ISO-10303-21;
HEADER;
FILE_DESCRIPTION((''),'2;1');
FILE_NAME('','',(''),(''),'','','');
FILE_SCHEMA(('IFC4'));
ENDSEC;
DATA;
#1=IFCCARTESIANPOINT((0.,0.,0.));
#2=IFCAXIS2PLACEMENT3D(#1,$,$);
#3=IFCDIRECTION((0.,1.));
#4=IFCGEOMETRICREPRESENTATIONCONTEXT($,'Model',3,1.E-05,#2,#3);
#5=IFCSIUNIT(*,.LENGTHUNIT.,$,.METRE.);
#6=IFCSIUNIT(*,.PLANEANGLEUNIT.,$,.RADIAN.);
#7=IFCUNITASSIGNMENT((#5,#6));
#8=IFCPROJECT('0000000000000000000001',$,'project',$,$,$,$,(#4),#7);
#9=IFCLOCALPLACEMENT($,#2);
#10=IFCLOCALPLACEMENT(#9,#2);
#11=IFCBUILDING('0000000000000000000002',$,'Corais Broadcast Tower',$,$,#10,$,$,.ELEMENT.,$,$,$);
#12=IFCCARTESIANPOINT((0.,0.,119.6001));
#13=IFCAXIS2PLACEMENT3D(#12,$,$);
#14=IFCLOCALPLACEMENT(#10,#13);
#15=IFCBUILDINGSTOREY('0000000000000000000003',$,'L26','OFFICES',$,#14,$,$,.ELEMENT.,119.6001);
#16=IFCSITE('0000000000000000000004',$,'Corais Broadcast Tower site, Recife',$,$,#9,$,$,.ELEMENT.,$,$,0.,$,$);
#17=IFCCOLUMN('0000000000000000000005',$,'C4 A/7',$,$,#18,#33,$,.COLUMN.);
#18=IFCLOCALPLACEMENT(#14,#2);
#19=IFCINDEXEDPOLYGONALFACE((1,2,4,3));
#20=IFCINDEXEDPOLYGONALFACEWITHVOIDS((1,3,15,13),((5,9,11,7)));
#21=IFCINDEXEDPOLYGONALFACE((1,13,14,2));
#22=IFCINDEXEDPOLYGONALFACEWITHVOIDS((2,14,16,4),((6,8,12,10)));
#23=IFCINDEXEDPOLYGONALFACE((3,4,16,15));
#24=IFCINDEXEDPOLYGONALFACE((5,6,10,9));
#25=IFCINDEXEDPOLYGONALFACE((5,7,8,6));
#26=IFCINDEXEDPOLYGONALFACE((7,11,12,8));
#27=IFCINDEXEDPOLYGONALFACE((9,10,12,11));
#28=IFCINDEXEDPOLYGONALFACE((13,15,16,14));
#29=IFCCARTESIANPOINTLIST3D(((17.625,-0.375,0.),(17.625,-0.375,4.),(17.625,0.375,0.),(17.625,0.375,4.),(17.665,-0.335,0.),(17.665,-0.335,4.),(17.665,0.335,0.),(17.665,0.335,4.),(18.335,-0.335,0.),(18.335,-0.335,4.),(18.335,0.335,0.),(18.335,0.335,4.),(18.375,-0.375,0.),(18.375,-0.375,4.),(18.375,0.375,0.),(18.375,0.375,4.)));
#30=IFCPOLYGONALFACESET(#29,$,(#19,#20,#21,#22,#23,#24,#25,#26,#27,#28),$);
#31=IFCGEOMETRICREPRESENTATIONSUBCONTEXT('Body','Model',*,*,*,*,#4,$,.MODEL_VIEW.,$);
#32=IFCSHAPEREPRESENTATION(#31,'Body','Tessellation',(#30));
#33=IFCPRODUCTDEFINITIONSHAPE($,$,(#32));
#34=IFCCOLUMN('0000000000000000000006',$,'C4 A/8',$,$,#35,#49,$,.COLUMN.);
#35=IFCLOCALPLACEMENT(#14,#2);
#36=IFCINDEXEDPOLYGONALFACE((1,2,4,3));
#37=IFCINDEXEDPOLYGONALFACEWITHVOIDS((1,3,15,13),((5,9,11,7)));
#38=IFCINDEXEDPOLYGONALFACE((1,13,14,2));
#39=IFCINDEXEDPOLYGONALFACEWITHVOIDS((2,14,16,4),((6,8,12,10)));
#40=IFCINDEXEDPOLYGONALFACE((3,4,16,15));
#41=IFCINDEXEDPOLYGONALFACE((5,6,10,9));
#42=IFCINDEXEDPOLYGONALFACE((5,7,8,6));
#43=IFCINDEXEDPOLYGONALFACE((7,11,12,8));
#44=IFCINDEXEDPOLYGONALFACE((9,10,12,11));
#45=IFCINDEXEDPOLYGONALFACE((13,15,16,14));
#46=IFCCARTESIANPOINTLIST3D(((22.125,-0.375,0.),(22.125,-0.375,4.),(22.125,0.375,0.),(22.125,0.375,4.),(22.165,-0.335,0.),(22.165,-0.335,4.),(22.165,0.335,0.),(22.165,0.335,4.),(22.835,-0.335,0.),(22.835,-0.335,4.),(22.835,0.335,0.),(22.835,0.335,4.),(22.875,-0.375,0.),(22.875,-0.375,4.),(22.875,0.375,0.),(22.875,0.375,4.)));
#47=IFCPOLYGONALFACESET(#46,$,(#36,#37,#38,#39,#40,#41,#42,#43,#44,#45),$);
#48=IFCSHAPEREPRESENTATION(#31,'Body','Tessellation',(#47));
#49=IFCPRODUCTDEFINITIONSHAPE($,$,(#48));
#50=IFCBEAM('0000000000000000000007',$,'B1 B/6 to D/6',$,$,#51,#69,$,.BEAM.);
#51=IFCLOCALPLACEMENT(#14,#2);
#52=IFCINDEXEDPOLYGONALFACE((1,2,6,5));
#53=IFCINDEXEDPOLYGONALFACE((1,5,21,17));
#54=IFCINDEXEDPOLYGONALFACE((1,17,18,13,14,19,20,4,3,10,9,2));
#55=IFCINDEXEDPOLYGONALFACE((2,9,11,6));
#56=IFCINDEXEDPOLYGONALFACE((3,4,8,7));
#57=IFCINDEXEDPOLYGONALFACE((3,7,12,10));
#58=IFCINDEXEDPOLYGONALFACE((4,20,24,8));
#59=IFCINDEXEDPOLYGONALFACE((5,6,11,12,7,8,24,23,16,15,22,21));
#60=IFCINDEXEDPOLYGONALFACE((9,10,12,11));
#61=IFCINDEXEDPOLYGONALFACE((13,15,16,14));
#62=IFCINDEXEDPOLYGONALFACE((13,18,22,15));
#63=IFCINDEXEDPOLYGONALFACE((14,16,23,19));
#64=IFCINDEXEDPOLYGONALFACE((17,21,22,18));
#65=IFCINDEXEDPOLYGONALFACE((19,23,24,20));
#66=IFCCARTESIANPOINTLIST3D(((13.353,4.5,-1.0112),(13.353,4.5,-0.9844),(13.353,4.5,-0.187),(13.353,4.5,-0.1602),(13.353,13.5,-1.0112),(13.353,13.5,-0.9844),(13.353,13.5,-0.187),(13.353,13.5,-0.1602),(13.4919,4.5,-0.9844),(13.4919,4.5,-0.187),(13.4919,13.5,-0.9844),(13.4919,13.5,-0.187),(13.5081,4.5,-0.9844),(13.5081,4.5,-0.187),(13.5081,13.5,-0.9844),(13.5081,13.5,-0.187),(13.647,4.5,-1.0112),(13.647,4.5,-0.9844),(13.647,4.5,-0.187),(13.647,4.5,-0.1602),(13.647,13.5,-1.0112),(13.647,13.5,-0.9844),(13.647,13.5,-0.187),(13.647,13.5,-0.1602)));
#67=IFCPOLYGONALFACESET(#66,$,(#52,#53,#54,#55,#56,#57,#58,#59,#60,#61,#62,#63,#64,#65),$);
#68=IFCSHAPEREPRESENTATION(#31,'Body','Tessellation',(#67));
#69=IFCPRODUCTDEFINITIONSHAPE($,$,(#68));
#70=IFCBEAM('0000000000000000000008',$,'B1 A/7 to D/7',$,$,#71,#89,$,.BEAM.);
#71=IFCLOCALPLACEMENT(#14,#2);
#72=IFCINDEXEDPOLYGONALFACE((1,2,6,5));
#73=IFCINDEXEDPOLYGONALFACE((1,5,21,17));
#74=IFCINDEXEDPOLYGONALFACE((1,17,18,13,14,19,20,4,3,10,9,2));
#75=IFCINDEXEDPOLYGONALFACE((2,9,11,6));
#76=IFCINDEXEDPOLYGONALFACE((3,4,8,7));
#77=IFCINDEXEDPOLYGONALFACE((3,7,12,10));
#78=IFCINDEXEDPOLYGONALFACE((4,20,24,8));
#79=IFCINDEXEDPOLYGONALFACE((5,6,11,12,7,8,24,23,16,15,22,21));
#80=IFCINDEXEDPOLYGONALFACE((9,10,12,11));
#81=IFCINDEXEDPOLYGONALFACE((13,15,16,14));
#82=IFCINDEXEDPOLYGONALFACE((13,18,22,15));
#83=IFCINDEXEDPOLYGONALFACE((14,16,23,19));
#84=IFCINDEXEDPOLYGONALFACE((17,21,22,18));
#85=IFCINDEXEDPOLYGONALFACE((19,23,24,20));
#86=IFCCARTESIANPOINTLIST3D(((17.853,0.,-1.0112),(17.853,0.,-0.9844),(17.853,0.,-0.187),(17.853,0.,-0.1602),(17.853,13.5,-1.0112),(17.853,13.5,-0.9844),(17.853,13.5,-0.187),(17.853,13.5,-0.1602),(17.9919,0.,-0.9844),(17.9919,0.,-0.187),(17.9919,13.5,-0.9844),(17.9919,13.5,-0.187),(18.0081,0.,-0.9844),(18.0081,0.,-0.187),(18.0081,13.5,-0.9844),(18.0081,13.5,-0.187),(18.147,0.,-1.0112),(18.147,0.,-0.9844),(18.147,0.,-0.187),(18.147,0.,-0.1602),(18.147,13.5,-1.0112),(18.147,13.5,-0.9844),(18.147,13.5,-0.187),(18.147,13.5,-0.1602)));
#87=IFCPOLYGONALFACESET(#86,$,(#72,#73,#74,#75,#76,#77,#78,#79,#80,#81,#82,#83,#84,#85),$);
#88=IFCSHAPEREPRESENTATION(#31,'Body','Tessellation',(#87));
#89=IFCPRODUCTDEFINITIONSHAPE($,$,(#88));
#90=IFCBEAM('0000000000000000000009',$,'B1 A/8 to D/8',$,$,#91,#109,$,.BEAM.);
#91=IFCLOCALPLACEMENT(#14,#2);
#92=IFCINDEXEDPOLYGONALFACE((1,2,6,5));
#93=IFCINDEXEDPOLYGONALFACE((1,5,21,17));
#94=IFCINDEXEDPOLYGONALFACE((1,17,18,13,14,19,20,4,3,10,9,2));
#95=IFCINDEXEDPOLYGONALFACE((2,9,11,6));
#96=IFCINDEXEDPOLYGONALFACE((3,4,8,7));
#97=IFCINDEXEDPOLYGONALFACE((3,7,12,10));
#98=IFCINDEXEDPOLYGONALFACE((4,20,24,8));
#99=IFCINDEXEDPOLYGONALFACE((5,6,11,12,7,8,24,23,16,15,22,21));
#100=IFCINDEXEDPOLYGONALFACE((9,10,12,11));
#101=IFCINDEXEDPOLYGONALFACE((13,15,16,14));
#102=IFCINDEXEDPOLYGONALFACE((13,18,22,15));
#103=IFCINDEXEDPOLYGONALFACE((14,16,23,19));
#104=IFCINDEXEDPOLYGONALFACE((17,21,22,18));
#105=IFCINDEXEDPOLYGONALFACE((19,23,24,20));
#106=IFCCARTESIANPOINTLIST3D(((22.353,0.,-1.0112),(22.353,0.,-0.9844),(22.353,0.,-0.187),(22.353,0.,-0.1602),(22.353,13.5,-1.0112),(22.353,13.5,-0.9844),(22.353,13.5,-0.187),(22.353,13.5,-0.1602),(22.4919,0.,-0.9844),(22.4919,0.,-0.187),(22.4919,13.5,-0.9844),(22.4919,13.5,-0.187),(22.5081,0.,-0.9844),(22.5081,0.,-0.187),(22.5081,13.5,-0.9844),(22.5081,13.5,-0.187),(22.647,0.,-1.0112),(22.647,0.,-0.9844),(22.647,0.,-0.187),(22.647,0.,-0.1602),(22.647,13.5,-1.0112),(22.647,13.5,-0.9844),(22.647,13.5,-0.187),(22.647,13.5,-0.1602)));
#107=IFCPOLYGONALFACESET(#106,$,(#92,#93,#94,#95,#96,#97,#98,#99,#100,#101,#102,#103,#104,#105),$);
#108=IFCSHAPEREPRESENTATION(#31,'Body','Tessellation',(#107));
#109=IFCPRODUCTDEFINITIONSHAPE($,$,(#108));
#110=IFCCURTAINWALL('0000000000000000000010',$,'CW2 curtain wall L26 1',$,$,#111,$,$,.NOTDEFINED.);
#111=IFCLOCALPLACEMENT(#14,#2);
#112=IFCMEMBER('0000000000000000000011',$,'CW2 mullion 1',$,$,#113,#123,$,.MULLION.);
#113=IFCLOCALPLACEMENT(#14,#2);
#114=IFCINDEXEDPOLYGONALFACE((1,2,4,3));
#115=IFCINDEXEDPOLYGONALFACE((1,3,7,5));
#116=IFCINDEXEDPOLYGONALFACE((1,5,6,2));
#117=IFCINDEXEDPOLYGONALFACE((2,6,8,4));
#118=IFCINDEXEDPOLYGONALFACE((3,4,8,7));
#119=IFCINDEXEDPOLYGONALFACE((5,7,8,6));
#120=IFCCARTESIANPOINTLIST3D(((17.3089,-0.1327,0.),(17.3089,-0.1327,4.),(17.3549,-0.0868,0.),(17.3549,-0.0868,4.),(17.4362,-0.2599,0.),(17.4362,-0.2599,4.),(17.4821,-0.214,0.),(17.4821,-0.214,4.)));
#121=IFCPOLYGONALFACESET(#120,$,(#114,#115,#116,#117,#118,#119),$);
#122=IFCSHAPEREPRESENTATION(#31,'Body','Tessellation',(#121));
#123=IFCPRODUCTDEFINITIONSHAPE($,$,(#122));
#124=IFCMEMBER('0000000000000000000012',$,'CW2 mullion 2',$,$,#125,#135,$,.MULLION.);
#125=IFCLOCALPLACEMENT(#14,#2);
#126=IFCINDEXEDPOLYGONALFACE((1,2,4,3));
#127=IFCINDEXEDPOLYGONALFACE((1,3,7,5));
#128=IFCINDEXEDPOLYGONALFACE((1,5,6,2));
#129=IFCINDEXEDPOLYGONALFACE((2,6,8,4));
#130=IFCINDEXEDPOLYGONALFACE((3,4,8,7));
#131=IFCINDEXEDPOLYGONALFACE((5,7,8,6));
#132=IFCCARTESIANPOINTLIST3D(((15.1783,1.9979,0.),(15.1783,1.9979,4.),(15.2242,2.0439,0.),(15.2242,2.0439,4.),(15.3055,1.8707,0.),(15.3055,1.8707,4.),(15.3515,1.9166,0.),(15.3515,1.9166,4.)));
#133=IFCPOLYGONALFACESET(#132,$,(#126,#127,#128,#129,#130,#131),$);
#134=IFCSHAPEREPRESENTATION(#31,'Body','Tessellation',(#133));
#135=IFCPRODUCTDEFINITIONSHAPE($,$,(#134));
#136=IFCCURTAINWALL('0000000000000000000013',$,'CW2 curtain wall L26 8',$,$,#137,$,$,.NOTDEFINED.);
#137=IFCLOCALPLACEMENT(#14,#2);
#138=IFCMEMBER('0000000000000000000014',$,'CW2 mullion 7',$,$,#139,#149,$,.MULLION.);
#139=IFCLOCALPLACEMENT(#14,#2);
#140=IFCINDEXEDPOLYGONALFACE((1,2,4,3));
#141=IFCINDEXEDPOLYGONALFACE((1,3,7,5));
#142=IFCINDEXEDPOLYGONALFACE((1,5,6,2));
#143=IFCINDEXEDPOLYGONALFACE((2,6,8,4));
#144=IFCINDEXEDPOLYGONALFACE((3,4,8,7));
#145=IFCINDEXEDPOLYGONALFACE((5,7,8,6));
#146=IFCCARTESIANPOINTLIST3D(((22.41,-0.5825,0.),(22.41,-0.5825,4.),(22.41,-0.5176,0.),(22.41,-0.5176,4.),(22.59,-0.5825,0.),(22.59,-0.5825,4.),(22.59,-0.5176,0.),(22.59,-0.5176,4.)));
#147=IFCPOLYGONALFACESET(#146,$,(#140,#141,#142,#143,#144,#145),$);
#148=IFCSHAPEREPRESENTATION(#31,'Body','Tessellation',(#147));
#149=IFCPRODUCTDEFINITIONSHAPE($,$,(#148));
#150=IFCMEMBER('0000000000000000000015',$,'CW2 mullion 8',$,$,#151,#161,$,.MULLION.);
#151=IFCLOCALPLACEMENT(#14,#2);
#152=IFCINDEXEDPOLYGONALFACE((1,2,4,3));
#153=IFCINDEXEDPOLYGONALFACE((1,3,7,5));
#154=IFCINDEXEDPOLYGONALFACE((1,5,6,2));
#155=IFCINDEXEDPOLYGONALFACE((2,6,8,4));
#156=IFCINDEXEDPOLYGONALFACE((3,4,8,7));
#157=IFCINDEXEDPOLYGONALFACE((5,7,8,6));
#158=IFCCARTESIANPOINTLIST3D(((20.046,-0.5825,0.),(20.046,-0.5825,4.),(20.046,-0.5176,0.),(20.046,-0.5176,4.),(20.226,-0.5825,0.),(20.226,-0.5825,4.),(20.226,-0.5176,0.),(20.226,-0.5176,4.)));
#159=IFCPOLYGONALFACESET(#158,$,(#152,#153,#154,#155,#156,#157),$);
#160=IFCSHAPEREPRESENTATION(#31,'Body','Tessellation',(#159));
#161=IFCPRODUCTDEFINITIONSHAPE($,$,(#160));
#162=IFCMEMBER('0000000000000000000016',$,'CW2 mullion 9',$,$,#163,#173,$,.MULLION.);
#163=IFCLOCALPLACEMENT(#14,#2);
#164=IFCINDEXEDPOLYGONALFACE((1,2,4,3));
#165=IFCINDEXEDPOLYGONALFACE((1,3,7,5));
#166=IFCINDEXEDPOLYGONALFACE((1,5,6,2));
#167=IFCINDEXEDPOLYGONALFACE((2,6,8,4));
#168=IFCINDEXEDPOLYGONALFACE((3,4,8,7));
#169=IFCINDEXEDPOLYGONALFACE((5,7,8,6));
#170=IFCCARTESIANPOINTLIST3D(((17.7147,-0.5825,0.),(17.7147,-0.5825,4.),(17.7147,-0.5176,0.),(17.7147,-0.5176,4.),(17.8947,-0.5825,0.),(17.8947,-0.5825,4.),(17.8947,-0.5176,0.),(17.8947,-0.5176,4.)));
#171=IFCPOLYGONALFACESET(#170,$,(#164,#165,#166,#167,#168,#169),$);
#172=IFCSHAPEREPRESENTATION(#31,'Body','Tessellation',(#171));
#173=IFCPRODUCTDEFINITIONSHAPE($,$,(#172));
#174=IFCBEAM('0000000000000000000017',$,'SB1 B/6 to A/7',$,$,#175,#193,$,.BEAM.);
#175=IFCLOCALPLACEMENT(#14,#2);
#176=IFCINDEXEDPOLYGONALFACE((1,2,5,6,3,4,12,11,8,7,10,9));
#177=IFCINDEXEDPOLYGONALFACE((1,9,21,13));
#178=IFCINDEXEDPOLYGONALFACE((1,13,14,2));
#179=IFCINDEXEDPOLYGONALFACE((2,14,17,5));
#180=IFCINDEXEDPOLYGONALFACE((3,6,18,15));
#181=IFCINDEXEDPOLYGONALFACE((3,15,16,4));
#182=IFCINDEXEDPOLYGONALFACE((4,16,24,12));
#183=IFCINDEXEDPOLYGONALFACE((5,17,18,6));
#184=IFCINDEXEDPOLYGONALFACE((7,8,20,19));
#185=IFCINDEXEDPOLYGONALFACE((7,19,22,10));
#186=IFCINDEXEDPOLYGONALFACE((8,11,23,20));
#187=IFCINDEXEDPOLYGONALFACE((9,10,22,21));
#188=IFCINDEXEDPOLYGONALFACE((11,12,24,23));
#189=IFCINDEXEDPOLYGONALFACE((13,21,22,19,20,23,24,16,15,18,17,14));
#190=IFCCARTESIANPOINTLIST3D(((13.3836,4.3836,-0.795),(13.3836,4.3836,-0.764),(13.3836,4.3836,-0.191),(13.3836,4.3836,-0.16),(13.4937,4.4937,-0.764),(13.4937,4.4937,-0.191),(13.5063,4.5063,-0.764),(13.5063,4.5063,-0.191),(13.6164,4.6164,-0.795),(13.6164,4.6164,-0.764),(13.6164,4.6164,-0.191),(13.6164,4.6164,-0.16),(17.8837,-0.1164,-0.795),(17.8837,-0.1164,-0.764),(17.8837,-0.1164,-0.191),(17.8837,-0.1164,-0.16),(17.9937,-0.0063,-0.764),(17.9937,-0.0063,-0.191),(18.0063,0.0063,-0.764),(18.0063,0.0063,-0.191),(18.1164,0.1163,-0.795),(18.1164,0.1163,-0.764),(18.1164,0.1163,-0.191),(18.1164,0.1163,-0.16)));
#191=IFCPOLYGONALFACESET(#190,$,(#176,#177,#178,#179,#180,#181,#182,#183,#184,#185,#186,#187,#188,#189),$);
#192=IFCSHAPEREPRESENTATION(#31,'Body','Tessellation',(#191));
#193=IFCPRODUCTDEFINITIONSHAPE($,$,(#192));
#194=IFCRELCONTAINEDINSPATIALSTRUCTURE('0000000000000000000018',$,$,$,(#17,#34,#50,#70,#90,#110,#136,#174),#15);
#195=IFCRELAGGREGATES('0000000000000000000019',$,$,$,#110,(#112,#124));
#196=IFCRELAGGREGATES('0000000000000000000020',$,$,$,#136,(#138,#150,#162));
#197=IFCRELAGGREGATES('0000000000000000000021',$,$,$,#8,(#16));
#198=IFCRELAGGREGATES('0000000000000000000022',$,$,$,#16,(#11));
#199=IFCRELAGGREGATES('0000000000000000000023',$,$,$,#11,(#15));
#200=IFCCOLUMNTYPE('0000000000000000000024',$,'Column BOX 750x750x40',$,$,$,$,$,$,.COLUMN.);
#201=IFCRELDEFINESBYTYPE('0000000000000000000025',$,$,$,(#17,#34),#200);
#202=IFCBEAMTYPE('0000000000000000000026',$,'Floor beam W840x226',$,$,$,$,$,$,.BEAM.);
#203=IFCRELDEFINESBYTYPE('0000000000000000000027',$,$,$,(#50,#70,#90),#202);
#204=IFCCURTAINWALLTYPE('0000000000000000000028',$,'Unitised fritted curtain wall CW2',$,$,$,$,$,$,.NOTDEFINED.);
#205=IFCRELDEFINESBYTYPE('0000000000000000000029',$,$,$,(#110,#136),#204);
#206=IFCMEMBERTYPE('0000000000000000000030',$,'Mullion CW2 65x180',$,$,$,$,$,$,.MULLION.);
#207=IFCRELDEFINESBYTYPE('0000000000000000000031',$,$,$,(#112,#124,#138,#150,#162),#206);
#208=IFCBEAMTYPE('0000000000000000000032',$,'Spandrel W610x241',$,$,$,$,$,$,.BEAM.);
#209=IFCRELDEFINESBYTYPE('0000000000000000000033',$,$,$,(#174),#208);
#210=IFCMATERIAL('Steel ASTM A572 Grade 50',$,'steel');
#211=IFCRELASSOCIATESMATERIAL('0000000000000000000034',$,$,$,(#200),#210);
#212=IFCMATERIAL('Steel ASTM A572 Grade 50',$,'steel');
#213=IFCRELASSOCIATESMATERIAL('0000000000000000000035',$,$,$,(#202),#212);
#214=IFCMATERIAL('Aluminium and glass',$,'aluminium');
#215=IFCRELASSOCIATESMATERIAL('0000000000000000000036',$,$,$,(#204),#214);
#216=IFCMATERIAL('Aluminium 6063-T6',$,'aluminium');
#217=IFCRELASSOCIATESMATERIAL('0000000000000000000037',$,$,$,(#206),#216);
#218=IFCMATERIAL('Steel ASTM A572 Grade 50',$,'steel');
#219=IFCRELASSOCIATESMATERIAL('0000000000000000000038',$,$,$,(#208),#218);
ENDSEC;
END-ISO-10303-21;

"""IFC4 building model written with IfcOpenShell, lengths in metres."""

from ifc_helpers import new_model, si_unit, direction, frame, origin, origin_2d, place, context, subcontext, project, spatial, rectangle, hollow_rectangle, i_section, extrude, material, material_profile, profile_set, type_object, element, aggregate, save


model = new_model("IFC4")

# Units and contexts
model_context = context("Model", 3, precision=1e-05, world=origin(), true_north=direction((0.0, 1.0)))
body_context = subcontext(model_context, "Body", "Model", "MODEL_VIEW")
ifc_project = project(units=[si_unit("LENGTHUNIT", "METRE"), si_unit("PLANEANGLEUNIT", "RADIAN")], contexts=[model_context])

# Site, building, storey
site_placement = place(None, origin())
site = spatial("IfcSite", under=ifc_project, at=site_placement, Name="Corais Broadcast Tower site, Recife", CompositionType="ELEMENT", RefElevation=0.0)
building_placement = place(site_placement, origin())
building = spatial("IfcBuilding", under=site, at=building_placement, Name="Corais Broadcast Tower", CompositionType="ELEMENT")
storey_placement = place(building_placement, frame((0.0, 0.0, 119.6001)))
storey = spatial("IfcBuildingStorey", under=building, at=storey_placement, Name="L26", Description="OFFICES", CompositionType="ELEMENT", Elevation=119.6001)

# Columns
ifc_material_1 = material(Name="Steel ASTM A572 Grade 50", Category="steel")
ifc_material_profile_1 = material_profile(ifc_material_1, hollow_rectangle(XDim=0.75, YDim=0.75, WallThickness=0.04, at=origin_2d()), Name="BOX 750x750x40")
ifc_profile_set_1 = profile_set([ifc_material_profile_1], Name="Steel ASTM A572 Grade 50")
column_type = type_object("IfcColumnType", Name="Column BOX 750x750x40", PredefinedType="COLUMN", material=ifc_profile_set_1)
for number, where, z_axis, x_axis, name in (
    (1, (18.0, 0.0, 0.0), (0.0, 0.0, 1.0), (1.0, 0.0, 0.0), "C4 A/7"),
    (2, (22.5, 0.0, 0.0), (0.0, 0.0, 1.0), (1.0, 0.0, 0.0), "C4 A/8"),
):
    element("IfcColumn", number, at=place(storey_placement, frame(where, z_axis=z_axis, x_axis=x_axis)), inside=storey, type_object=column_type, Name=name, PredefinedType="COLUMN", context=body_context, shape_type="SweptSolid", body=[
        extrude(hollow_rectangle(XDim=0.75, YDim=0.75, WallThickness=0.04, at=origin_2d()), origin(), (0.0, 0.0, 1.0), 4.0),
    ])

# Beams
ifc_material_2 = material(Name="Steel ASTM A572 Grade 50", Category="steel")
ifc_material_profile_2 = material_profile(ifc_material_2, i_section(OverallWidth=0.2939, OverallDepth=0.8511, WebThickness=0.0161, FlangeThickness=0.0269, at=origin_2d()), Name="W840x226")
ifc_profile_set_2 = profile_set([ifc_material_profile_2], Name="Steel ASTM A572 Grade 50")
beam_type_1 = type_object("IfcBeamType", Name="Floor beam W840x226", PredefinedType="BEAM", material=ifc_profile_set_2)
beam_1_placement = place(storey_placement, frame((13.5, 4.5, -0.5857), z_axis=(0.0, 1.0, 0.0), x_axis=(-1.0, 0.0, 0.0)))
element("IfcBeam", 3, at=beam_1_placement, inside=storey, type_object=beam_type_1, Name="B1 B/6 to D/6", PredefinedType="BEAM", context=body_context, shape_type="SweptSolid", body=[
    extrude(i_section(OverallWidth=0.2939, OverallDepth=0.8511, WebThickness=0.0161, FlangeThickness=0.0269, at=origin_2d()), origin(), (0.0, 0.0, 1.0), 9.0),
])
for number, where, z_axis, x_axis, name in (
    (4, (18.0, 0.0, -0.5857), (0.0, 1.0, 0.0), (-1.0, 0.0, 0.0), "B1 A/7 to D/7"),
    (5, (22.5, 0.0, -0.5857), (0.0, 1.0, 0.0), (-1.0, 0.0, 0.0), "B1 A/8 to D/8"),
):
    element("IfcBeam", number, at=place(storey_placement, frame(where, z_axis=z_axis, x_axis=x_axis)), inside=storey, type_object=beam_type_1, Name=name, PredefinedType="BEAM", context=body_context, shape_type="SweptSolid", body=[
        extrude(i_section(OverallWidth=0.2939, OverallDepth=0.8511, WebThickness=0.0161, FlangeThickness=0.0269, at=origin_2d()), origin(), (0.0, 0.0, 1.0), 13.5),
    ])

# Curtain walls, members
ifc_material_3 = material(Name="Aluminium and glass", Category="aluminium")
curtain_wall_type = type_object("IfcCurtainWallType", Name="Unitised fritted curtain wall CW2", PredefinedType="NOTDEFINED", material=ifc_material_3)
curtain_wall_1_placement = place(storey_placement, origin())
curtain_wall_1 = element("IfcCurtainWall", 6, at=curtain_wall_1_placement, inside=storey, type_object=curtain_wall_type, Name="CW2 curtain wall L26 1", PredefinedType="NOTDEFINED")
ifc_material_4 = material(Name="Aluminium 6063-T6", Category="aluminium")
ifc_material_profile_3 = material_profile(ifc_material_4, rectangle(XDim=0.0649, YDim=0.1799, at=origin_2d()), Name="Mullion CW2 65x180")
ifc_profile_set_3 = profile_set([ifc_material_profile_3], Name="Aluminium 6063-T6")
member_type_1 = type_object("IfcMemberType", Name="Mullion CW2 65x180", PredefinedType="MULLION", material=ifc_profile_set_3)
member_1_placement = place(storey_placement, frame((17.3955, -0.1733, 0.0), z_axis=(0.0, 0.0, 1.0), x_axis=(-0.707107, -0.707107, 0.0)))
member_1 = element("IfcMember", 7, at=member_1_placement, type_object=member_type_1, Name="CW2 mullion 1", PredefinedType="MULLION", context=body_context, shape_type="SweptSolid", body=[
    extrude(rectangle(XDim=0.0649, YDim=0.1799, at=origin_2d()), origin(), (0.0, 0.0, 1.0), 4.0),
])
member_2_placement = place(storey_placement, frame((15.2649, 1.9573, 0.0), z_axis=(0.0, 0.0, 1.0), x_axis=(-0.707107, -0.707107, 0.0)))
member_2 = element("IfcMember", 8, at=member_2_placement, type_object=member_type_1, Name="CW2 mullion 2", PredefinedType="MULLION", context=body_context, shape_type="SweptSolid", body=[
    extrude(rectangle(XDim=0.0649, YDim=0.1799, at=origin_2d()), origin(), (0.0, 0.0, 1.0), 4.0),
])
curtain_wall_2_placement = place(storey_placement, origin())
curtain_wall_2 = element("IfcCurtainWall", 9, at=curtain_wall_2_placement, inside=storey, type_object=curtain_wall_type, Name="CW2 curtain wall L26 8", PredefinedType="NOTDEFINED")
member_3_placement = place(storey_placement, frame((22.5, -0.55, 0.0), z_axis=(0.0, 0.0, 1.0), x_axis=(0.0, -1.0, 0.0)))
member_3 = element("IfcMember", 10, at=member_3_placement, type_object=member_type_1, Name="CW2 mullion 7", PredefinedType="MULLION", context=body_context, shape_type="SweptSolid", body=[
    extrude(rectangle(XDim=0.0649, YDim=0.1799, at=origin_2d()), origin(), (0.0, 0.0, 1.0), 4.0),
])
member_4_placement = place(storey_placement, frame((20.136, -0.55, 0.0), z_axis=(0.0, 0.0, 1.0), x_axis=(0.0, -1.0, 0.0)))
member_4 = element("IfcMember", 11, at=member_4_placement, type_object=member_type_1, Name="CW2 mullion 8", PredefinedType="MULLION", context=body_context, shape_type="SweptSolid", body=[
    extrude(rectangle(XDim=0.0649, YDim=0.1799, at=origin_2d()), origin(), (0.0, 0.0, 1.0), 4.0),
])
member_5_placement = place(storey_placement, frame((17.8047, -0.55, 0.0), z_axis=(0.0, 0.0, 1.0), x_axis=(0.0, -1.0, 0.0)))
member_5 = element("IfcMember", 12, at=member_5_placement, type_object=member_type_1, Name="CW2 mullion 9", PredefinedType="MULLION", context=body_context, shape_type="SweptSolid", body=[
    extrude(rectangle(XDim=0.0649, YDim=0.1799, at=origin_2d()), origin(), (0.0, 0.0, 1.0), 4.0),
])

# Beam
ifc_material_5 = material(Name="Steel ASTM A572 Grade 50", Category="steel")
ifc_material_profile_4 = material_profile(ifc_material_5, i_section(OverallWidth=0.3291, OverallDepth=0.635, WebThickness=0.0178, FlangeThickness=0.031, at=origin_2d()), Name="W610x241")
ifc_profile_set_4 = profile_set([ifc_material_profile_4], Name="Steel ASTM A572 Grade 50")
beam_type_2 = type_object("IfcBeamType", Name="Spandrel W610x241", PredefinedType="BEAM", material=ifc_profile_set_4)
beam_2_placement = place(storey_placement, frame((13.5, 4.5, -0.4775), z_axis=(0.707107, -0.707107, 0.0), x_axis=(0.707107, 0.707107, 0.0)))
element("IfcBeam", 13, at=beam_2_placement, inside=storey, type_object=beam_type_2, Name="SB1 B/6 to A/7", PredefinedType="BEAM", context=body_context, shape_type="SweptSolid", body=[
    extrude(i_section(OverallWidth=0.3291, OverallDepth=0.635, WebThickness=0.0178, FlangeThickness=0.031, at=origin_2d()), origin(), (0.0, 0.0, 1.0), 6.364),
])

aggregate(curtain_wall_1, [member_1, member_2])
aggregate(curtain_wall_2, [member_3, member_4, member_5])

save(model, "model.ifc")
